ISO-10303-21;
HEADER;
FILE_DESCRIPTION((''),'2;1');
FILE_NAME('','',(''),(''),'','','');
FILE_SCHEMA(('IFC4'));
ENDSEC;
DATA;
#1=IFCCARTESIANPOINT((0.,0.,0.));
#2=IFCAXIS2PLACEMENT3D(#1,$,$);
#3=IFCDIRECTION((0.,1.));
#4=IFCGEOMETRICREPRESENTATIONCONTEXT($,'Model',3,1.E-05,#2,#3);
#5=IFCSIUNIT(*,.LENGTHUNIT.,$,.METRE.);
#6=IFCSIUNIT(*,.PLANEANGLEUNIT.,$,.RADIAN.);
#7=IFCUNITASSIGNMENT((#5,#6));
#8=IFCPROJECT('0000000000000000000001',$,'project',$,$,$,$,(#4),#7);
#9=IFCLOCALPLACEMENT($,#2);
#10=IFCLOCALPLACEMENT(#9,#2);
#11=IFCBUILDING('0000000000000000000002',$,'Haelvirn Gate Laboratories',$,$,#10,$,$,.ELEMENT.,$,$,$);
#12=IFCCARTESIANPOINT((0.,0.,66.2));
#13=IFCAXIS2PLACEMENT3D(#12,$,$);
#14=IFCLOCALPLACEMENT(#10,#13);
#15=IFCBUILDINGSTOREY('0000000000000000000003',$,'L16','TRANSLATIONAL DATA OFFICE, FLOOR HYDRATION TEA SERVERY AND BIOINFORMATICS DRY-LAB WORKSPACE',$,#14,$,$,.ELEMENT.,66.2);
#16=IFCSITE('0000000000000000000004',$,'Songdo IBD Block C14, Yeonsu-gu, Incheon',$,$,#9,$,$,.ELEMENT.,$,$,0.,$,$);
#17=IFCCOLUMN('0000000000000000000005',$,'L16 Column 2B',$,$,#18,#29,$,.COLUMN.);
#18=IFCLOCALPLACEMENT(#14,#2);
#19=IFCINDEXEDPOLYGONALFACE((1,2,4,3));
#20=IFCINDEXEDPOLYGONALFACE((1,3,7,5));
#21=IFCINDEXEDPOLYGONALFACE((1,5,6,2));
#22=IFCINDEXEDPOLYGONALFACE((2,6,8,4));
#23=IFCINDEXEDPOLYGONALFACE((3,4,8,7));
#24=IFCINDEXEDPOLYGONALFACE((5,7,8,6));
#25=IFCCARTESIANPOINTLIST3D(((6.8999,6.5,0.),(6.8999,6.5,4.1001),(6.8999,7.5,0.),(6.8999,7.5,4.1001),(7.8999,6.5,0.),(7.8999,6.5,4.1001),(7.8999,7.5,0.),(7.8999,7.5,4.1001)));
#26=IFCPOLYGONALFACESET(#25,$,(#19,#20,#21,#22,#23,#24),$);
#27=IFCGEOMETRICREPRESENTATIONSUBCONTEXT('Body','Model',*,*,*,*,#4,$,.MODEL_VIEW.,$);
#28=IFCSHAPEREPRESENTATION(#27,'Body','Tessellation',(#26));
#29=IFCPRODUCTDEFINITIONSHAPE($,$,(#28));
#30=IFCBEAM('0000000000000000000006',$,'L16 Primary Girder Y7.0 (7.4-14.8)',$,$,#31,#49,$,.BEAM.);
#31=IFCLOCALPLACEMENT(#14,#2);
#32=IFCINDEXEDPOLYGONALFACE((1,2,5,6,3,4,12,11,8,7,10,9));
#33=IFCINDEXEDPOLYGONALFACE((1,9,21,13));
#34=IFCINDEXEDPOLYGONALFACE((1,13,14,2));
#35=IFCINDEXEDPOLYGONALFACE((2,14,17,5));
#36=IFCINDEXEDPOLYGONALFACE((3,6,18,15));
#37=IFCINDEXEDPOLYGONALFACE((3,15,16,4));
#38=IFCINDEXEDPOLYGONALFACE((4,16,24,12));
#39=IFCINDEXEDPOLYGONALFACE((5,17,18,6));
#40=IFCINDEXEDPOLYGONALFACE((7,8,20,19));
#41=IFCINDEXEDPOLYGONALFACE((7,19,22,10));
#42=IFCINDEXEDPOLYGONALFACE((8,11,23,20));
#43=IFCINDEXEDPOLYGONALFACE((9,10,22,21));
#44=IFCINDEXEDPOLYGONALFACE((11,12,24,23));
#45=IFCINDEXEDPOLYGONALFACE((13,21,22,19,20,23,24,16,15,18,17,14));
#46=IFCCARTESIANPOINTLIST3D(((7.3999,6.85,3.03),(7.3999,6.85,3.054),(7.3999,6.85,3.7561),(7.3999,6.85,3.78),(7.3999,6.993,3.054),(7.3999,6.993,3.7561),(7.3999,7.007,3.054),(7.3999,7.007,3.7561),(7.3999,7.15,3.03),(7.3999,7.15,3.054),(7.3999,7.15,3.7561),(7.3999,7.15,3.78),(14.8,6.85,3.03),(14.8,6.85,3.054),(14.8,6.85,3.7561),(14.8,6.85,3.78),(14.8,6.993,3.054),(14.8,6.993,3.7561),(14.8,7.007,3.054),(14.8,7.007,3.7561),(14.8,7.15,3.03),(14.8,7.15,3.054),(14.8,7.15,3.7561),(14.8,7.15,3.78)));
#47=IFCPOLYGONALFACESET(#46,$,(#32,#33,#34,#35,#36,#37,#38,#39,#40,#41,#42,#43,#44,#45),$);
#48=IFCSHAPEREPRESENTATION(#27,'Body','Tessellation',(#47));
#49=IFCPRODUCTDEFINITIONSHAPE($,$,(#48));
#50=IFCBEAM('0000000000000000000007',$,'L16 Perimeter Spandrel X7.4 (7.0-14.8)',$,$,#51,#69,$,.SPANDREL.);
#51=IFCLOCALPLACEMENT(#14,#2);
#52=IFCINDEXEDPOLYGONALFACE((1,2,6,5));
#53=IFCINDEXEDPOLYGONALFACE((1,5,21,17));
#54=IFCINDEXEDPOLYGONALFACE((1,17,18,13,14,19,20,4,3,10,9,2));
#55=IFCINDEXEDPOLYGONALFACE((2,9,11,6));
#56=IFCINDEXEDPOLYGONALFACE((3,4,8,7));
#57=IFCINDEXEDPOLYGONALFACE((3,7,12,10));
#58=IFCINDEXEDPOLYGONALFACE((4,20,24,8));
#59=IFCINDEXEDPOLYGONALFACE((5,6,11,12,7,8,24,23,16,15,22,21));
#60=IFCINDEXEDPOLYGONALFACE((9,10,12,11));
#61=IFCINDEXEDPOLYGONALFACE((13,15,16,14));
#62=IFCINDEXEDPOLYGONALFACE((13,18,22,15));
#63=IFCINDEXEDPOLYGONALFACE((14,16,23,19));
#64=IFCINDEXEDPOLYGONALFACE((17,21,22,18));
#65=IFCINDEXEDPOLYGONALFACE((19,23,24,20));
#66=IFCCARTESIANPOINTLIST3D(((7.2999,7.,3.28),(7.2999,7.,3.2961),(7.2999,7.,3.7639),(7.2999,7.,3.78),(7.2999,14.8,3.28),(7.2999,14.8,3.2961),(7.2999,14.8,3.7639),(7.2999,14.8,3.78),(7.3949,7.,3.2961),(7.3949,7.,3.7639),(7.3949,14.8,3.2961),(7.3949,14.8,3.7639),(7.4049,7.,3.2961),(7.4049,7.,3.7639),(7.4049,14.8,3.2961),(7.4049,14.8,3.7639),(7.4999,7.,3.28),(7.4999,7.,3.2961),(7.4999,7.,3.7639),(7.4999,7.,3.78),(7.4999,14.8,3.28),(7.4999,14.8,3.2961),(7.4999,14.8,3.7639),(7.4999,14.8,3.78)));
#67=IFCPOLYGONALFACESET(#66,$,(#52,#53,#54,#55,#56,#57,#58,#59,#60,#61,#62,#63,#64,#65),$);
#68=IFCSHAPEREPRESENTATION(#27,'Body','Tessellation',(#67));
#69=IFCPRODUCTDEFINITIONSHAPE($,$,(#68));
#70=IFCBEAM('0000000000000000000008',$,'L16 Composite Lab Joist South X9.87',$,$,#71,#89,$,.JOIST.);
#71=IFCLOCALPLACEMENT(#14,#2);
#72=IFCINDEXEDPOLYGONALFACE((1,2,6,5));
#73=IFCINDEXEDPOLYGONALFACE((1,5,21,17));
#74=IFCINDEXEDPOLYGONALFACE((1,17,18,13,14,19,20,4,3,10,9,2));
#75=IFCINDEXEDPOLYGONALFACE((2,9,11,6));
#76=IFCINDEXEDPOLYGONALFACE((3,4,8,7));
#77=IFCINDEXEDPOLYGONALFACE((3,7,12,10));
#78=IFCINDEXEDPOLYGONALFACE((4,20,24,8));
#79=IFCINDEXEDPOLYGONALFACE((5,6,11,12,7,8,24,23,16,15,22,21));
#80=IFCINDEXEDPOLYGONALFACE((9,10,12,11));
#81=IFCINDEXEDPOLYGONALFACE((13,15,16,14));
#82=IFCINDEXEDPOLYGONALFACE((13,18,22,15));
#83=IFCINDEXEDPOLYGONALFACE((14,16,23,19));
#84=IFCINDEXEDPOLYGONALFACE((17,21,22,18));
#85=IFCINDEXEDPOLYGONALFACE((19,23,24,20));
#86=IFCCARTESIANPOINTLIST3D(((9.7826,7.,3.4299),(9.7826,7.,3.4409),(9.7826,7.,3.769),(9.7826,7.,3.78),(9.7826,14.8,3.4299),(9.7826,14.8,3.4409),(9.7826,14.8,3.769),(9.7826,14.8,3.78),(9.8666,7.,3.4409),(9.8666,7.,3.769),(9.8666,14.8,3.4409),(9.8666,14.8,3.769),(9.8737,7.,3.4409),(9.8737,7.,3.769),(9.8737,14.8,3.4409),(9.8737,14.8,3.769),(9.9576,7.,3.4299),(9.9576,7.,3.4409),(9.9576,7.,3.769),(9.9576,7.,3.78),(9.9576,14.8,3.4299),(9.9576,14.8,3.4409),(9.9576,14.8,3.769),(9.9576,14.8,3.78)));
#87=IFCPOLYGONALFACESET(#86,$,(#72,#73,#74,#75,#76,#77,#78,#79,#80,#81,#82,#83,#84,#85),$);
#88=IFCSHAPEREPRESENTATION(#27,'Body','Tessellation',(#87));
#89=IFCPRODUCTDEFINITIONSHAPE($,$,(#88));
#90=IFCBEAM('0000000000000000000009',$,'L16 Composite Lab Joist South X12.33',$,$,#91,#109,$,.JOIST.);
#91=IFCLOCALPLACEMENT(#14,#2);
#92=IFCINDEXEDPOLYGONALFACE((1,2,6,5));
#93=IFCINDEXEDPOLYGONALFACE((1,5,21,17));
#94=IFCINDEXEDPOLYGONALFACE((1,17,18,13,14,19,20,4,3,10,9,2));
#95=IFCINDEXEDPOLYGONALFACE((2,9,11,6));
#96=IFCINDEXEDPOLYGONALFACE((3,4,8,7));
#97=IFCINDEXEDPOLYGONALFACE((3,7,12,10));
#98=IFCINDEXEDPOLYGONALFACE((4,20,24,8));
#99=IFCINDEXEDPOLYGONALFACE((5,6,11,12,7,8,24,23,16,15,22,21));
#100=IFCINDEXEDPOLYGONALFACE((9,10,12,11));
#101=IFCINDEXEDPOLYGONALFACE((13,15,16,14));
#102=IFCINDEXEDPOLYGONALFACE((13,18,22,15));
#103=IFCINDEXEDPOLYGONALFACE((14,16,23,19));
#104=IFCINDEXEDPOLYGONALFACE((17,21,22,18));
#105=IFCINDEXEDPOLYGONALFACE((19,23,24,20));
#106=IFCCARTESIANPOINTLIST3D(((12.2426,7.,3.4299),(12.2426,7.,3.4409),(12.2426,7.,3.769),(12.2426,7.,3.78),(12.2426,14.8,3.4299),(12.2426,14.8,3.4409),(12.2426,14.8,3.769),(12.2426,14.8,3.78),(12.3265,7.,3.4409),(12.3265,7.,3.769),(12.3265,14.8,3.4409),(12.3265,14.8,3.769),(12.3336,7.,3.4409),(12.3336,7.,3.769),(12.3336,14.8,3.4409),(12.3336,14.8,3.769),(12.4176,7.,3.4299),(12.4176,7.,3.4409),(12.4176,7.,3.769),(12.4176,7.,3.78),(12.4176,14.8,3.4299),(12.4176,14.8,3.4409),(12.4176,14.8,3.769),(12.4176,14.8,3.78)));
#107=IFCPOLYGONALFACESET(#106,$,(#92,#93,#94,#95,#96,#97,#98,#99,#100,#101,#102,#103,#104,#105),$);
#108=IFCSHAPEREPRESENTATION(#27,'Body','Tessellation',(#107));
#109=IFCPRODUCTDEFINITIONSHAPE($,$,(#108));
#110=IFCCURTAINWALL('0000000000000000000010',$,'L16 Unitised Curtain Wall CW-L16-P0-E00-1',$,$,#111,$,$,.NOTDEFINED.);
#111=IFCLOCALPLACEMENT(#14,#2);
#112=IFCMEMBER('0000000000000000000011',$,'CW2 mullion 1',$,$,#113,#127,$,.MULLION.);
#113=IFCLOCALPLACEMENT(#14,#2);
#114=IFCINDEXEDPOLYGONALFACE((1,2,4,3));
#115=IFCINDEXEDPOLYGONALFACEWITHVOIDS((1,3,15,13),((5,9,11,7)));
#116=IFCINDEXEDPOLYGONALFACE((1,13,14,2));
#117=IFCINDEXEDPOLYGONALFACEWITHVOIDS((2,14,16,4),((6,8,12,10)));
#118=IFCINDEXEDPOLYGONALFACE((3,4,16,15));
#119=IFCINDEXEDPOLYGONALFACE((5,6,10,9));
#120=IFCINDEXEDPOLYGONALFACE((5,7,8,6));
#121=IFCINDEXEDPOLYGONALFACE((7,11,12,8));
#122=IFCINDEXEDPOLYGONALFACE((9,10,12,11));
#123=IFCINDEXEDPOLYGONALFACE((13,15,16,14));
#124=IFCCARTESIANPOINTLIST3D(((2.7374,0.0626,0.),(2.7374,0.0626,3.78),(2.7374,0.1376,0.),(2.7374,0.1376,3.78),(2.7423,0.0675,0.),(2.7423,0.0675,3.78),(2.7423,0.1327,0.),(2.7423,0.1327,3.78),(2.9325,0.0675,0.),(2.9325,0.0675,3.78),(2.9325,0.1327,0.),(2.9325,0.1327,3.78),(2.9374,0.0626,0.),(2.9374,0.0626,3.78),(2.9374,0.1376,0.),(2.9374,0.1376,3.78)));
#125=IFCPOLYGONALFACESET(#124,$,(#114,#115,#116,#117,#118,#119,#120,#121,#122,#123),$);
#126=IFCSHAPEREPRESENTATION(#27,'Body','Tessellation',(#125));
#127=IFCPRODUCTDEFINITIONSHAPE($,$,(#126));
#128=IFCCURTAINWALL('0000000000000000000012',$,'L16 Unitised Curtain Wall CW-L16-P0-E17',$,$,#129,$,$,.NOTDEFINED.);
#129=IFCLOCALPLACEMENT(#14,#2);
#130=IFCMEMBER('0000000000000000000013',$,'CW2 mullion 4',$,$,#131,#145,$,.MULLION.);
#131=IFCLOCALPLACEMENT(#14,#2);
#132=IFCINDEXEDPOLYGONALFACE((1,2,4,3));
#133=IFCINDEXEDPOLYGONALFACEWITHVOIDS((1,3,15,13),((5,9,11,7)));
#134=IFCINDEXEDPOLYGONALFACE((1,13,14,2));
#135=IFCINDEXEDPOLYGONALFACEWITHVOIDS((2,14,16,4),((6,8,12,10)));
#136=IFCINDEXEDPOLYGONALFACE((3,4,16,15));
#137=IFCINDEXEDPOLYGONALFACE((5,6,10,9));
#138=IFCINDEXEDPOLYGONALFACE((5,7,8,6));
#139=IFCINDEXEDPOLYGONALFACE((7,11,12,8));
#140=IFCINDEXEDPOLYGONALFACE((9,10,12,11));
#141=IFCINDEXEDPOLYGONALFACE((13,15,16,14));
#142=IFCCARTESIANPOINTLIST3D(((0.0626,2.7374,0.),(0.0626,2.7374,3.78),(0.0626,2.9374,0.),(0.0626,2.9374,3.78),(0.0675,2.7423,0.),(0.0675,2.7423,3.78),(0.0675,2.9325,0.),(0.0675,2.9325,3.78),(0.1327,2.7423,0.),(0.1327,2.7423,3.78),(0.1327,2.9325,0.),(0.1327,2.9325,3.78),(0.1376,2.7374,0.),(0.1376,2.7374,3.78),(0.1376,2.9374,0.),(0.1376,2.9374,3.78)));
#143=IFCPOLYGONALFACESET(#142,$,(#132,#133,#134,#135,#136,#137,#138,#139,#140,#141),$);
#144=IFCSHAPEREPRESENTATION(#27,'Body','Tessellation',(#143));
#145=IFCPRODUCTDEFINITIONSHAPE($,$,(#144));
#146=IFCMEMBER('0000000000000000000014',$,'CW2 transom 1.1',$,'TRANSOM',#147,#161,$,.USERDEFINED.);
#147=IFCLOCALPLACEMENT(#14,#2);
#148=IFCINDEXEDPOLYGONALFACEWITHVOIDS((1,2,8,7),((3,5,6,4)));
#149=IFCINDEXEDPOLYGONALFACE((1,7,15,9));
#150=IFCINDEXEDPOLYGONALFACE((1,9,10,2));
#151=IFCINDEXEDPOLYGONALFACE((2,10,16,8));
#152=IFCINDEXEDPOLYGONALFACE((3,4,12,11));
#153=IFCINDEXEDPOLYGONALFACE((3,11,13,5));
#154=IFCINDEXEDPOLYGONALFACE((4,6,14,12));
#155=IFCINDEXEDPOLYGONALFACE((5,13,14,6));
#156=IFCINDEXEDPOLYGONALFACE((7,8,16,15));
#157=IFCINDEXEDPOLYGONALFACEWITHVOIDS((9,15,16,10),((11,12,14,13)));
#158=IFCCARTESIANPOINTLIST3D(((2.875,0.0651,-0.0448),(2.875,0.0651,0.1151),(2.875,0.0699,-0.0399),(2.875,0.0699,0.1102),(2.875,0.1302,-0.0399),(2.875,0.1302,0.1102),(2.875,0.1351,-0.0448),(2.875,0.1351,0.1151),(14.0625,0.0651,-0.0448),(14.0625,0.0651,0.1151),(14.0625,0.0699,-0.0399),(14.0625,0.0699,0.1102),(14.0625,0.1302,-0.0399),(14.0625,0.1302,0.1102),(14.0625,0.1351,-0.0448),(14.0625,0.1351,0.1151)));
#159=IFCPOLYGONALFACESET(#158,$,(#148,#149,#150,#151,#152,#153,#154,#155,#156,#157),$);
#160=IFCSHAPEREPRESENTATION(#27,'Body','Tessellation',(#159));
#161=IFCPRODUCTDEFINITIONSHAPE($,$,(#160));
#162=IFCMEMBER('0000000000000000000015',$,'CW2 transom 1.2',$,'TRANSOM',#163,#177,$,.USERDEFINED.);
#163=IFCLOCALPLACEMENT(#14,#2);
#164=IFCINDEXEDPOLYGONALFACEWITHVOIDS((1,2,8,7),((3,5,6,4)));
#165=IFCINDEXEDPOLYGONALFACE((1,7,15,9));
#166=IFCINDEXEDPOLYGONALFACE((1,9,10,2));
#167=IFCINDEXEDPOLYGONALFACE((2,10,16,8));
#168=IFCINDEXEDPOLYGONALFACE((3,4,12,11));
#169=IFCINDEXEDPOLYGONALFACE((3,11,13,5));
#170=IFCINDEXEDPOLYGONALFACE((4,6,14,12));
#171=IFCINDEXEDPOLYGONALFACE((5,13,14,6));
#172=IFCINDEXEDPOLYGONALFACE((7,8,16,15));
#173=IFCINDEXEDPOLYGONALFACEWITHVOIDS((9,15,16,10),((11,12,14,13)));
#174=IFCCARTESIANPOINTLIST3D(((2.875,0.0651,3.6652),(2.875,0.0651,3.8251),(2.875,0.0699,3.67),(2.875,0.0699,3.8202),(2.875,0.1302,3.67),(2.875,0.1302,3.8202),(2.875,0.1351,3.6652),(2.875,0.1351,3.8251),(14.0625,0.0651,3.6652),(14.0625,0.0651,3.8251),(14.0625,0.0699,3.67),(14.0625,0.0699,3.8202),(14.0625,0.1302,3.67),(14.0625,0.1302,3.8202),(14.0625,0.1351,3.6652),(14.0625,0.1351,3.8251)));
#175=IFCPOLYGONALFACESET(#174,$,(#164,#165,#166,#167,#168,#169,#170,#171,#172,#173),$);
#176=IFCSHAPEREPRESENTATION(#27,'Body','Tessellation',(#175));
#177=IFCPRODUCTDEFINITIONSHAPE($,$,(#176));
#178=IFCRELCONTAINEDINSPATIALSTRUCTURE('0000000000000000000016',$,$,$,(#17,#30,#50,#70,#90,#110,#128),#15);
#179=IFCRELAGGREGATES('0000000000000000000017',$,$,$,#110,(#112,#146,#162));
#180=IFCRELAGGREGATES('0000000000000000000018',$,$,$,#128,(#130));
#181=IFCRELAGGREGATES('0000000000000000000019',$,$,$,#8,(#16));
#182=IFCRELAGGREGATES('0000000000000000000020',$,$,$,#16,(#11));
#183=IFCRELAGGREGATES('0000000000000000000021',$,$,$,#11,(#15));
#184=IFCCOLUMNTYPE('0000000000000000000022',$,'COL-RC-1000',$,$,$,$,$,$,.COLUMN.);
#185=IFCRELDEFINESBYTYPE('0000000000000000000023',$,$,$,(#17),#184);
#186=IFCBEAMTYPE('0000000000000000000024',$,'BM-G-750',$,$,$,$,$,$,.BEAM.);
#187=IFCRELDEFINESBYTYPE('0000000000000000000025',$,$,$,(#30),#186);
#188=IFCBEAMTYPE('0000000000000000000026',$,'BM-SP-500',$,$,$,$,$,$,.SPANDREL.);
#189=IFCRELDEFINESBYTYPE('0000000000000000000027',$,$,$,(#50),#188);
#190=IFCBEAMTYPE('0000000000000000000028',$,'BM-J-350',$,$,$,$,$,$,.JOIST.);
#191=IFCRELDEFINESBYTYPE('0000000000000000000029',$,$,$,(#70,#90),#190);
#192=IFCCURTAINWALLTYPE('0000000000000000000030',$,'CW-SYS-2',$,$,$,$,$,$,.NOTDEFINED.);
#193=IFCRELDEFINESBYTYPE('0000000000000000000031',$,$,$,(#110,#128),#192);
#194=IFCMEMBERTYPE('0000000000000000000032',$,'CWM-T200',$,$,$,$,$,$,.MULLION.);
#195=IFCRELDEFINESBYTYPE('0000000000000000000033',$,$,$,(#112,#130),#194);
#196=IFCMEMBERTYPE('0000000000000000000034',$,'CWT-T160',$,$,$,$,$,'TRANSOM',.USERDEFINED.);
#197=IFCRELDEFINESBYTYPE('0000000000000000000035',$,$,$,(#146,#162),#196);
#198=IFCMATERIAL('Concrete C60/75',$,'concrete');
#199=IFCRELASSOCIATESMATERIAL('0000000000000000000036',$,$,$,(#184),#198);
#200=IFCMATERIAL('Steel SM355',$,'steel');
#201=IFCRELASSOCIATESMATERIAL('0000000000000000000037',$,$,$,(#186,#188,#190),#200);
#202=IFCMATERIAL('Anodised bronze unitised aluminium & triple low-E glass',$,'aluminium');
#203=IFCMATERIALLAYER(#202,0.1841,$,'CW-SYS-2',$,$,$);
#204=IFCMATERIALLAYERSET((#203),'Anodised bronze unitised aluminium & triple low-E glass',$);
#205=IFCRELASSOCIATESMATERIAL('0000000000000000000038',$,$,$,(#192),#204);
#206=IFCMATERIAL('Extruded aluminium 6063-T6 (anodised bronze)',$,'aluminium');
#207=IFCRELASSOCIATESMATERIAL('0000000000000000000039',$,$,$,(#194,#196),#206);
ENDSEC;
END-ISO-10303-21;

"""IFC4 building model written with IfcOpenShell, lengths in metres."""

from ifc_helpers import new_model, si_unit, direction, frame, origin, origin_2d, place, context, subcontext, project, spatial, rectangle, hollow_rectangle, i_section, extrude, source, transform, mapped, material, layer, layer_set, material_profile, profile_set, type_object, type_shapes, element, aggregate, save


model = new_model("IFC4")

# Units and contexts
model_context = context("Model", 3, precision=1e-05, world=origin(), true_north=direction((0.0, 1.0)))
body_context = subcontext(model_context, "Body", "Model", "MODEL_VIEW")
ifc_project = project(units=[si_unit("LENGTHUNIT", "METRE"), si_unit("PLANEANGLEUNIT", "RADIAN")], contexts=[model_context])

# Site, building, storey
site_placement = place(None, origin())
site = spatial("IfcSite", under=ifc_project, at=site_placement, Name="Songdo IBD Block C14, Yeonsu-gu, Incheon", CompositionType="ELEMENT", RefElevation=0.0)
building_placement = place(site_placement, origin())
building = spatial("IfcBuilding", under=site, at=building_placement, Name="Haelvirn Gate Laboratories", CompositionType="ELEMENT")
storey_placement = place(building_placement, frame((0.0, 0.0, 66.2)))
storey = spatial("IfcBuildingStorey", under=building, at=storey_placement, Name="L16", Description="TRANSLATIONAL DATA OFFICE, FLOOR HYDRATION TEA SERVERY AND BIOINFORMATICS DRY-LAB WORKSPACE", CompositionType="ELEMENT", Elevation=66.2)

# Column
ifc_material_1 = material(Name="Concrete C60/75", Category="concrete")
ifc_material_profile_1 = material_profile(ifc_material_1, rectangle(XDim=1.0, YDim=1.0, at=origin_2d()), Name="RC-1000x1000")
ifc_profile_set_1 = profile_set([ifc_material_profile_1], Name="Concrete C60/75")
column_type = type_object("IfcColumnType", Name="COL-RC-1000", PredefinedType="COLUMN", material=ifc_profile_set_1)
shared_shape_1 = source(origin(), body_context, "Body", "SweptSolid", [
    extrude(rectangle(XDim=1.0, YDim=1.0, at=origin_2d()), origin(), (0.0, 0.0, 1.0), 4.1001),
])
type_shapes(column_type, [shared_shape_1])
column_placement = place(storey_placement, frame((7.3999, 7.0, 0.0), z_axis=(0.0, 0.0, 1.0), x_axis=(1.0, 0.0, 0.0)))
element("IfcColumn", 1, at=column_placement, inside=storey, type_object=column_type, Name="L16 Column 2B", PredefinedType="COLUMN", context=body_context, shape_type="MappedRepresentation", body=[
    mapped(shared_shape_1, transform((0.0, 0.0, 0.0), scale=1.0)),
])

# Beams
ifc_material_2 = material(Name="Steel SM355", Category="steel")
ifc_material_profile_2 = material_profile(ifc_material_2, i_section(OverallWidth=0.3, OverallDepth=0.75, WebThickness=0.0139, FlangeThickness=0.0239, at=origin_2d()), Name="H-750x300x14x24")
ifc_profile_set_2 = profile_set([ifc_material_profile_2], Name="Steel SM355")
beam_type_1 = type_object("IfcBeamType", Name="BM-G-750", PredefinedType="BEAM", material=ifc_profile_set_2)
shared_shape_2 = source(origin(), body_context, "Body", "SweptSolid", [
    extrude(i_section(OverallWidth=0.3, OverallDepth=0.75, WebThickness=0.0139, FlangeThickness=0.0239, at=origin_2d()), origin(), (0.0, 0.0, 1.0), 7.4001),
])
type_shapes(beam_type_1, [shared_shape_2])
beam_1_placement = place(storey_placement, frame((7.3999, 7.0, 3.405), z_axis=(1.0, 0.0, 0.0), x_axis=(0.0, 1.0, 0.0)))
element("IfcBeam", 2, at=beam_1_placement, inside=storey, type_object=beam_type_1, Name="L16 Primary Girder Y7.0 (7.4-14.8)", PredefinedType="BEAM", context=body_context, shape_type="MappedRepresentation", body=[
    mapped(shared_shape_2, transform((0.0, 0.0, 0.0), scale=1.0)),
])
ifc_material_profile_3 = material_profile(ifc_material_2, i_section(OverallWidth=0.2, OverallDepth=0.5, WebThickness=0.01, FlangeThickness=0.0161, at=origin_2d()), Name="H-500x200x10x16")
ifc_profile_set_3 = profile_set([ifc_material_profile_3], Name="Steel SM355")
beam_type_2 = type_object("IfcBeamType", Name="BM-SP-500", PredefinedType="SPANDREL", material=ifc_profile_set_3)
shared_shape_3 = source(origin(), body_context, "Body", "SweptSolid", [
    extrude(i_section(OverallWidth=0.2, OverallDepth=0.5, WebThickness=0.01, FlangeThickness=0.0161, at=origin_2d()), origin(), (0.0, 0.0, 1.0), 7.8),
])
type_shapes(beam_type_2, [shared_shape_3])
beam_2_placement = place(storey_placement, frame((7.3999, 7.0, 3.53), z_axis=(0.0, 1.0, 0.0), x_axis=(-1.0, 0.0, 0.0)))
element("IfcBeam", 3, at=beam_2_placement, inside=storey, type_object=beam_type_2, Name="L16 Perimeter Spandrel X7.4 (7.0-14.8)", PredefinedType="SPANDREL", context=body_context, shape_type="MappedRepresentation", body=[
    mapped(shared_shape_3, transform((0.0, 0.0, 0.0), scale=1.0)),
])
ifc_material_profile_4 = material_profile(ifc_material_2, i_section(OverallWidth=0.175, OverallDepth=0.3501, WebThickness=0.0071, FlangeThickness=0.011, at=origin_2d()), Name="H-350x175x7x11")
ifc_profile_set_4 = profile_set([ifc_material_profile_4], Name="Steel SM355")
beam_type_3 = type_object("IfcBeamType", Name="BM-J-350", PredefinedType="JOIST", material=ifc_profile_set_4)
shared_shape_4 = source(origin(), body_context, "Body", "SweptSolid", [
    extrude(i_section(OverallWidth=0.175, OverallDepth=0.3501, WebThickness=0.0071, FlangeThickness=0.011, at=origin_2d()), origin(), (0.0, 0.0, 1.0), 7.8),
])
type_shapes(beam_type_3, [shared_shape_4])
for number, where, z_axis, x_axis, name in (
    (4, (9.8701, 7.0, 3.605), (0.0, 1.0, 0.0), (-1.0, 0.0, 0.0), "L16 Composite Lab Joist South X9.87"),
    (5, (12.3301, 7.0, 3.605), (0.0, 1.0, 0.0), (-1.0, 0.0, 0.0), "L16 Composite Lab Joist South X12.33"),
):
    element("IfcBeam", number, at=place(storey_placement, frame(where, z_axis=z_axis, x_axis=x_axis)), inside=storey, type_object=beam_type_3, Name=name, PredefinedType="JOIST", context=body_context, shape_type="MappedRepresentation", body=[
        mapped(shared_shape_4, transform((0.0, 0.0, 0.0), scale=1.0)),
    ])

# Curtain walls, members
ifc_material_3 = material(Name="Anodised bronze unitised aluminium & triple low-E glass", Category="aluminium")
ifc_layer_1 = layer(ifc_material_3, 0.1841, Name="CW-SYS-2")
ifc_layer_set_1 = layer_set([ifc_layer_1], Name="Anodised bronze unitised aluminium & triple low-E glass")
curtain_wall_type_1 = type_object("IfcCurtainWallType", Name="CW-SYS-2", PredefinedType="NOTDEFINED", material=ifc_layer_set_1)
curtain_wall_1_placement = place(storey_placement, origin())
curtain_wall_1 = element("IfcCurtainWall", 6, at=curtain_wall_1_placement, inside=storey, type_object=curtain_wall_type_1, Name="L16 Unitised Curtain Wall CW-L16-P0-E00-1", PredefinedType="NOTDEFINED")
ifc_material_4 = material(Name="Extruded aluminium 6063-T6 (anodised bronze)", Category="aluminium")
ifc_material_profile_5 = material_profile(ifc_material_4, hollow_rectangle(XDim=0.075, YDim=0.2, WallThickness=0.0049, at=origin_2d()), Name="CWM-200x75x5")
ifc_profile_set_5 = profile_set([ifc_material_profile_5], Name="Extruded aluminium 6063-T6 (anodised bronze)")
member_type_1 = type_object("IfcMemberType", Name="CWM-T200", PredefinedType="MULLION", material=ifc_profile_set_5)
shared_shape_5 = source(origin(), body_context, "Body", "SweptSolid", [
    extrude(hollow_rectangle(XDim=0.075, YDim=0.2, WallThickness=0.0049, at=origin_2d()), origin(), (0.0, 0.0, 1.0), 3.78),
])
type_shapes(member_type_1, [shared_shape_5])
member_1_placement = place(storey_placement, frame((2.8374, 0.1001, 0.0), z_axis=(0.0, 0.0, 1.0), x_axis=(0.0, 1.0, 0.0)))
member_1 = element("IfcMember", 7, at=member_1_placement, type_object=member_type_1, Name="CW2 mullion 1", PredefinedType="MULLION", context=body_context, shape_type="MappedRepresentation", body=[
    mapped(shared_shape_5, transform((0.0, 0.0, 0.0), scale=1.0)),
])
curtain_wall_2_placement = place(storey_placement, origin())
curtain_wall_2 = element("IfcCurtainWall", 8, at=curtain_wall_2_placement, inside=storey, type_object=curtain_wall_type_1, Name="L16 Unitised Curtain Wall CW-L16-P0-E17", PredefinedType="NOTDEFINED")
member_2_placement = place(storey_placement, frame((0.1001, 2.8374, 0.0), z_axis=(0.0, 0.0, 1.0), x_axis=(1.0, 0.0, 0.0)))
member_2 = element("IfcMember", 9, at=member_2_placement, type_object=member_type_1, Name="CW2 mullion 4", PredefinedType="MULLION", context=body_context, shape_type="MappedRepresentation", body=[
    mapped(shared_shape_5, transform((0.0, 0.0, 0.0), scale=1.0)),
])

# Members
ifc_material_profile_6 = material_profile(ifc_material_4, hollow_rectangle(XDim=0.0701, YDim=0.1599, WallThickness=0.0049, at=origin_2d()), Name="CWT-160x70x5")
ifc_profile_set_6 = profile_set([ifc_material_profile_6], Name="Extruded aluminium 6063-T6 (anodised bronze)")
member_type_2 = type_object("IfcMemberType", Name="CWT-T160", ElementType="TRANSOM", PredefinedType="USERDEFINED", material=ifc_profile_set_6)
shared_shape_6 = source(origin(), body_context, "Body", "SweptSolid", [
    extrude(hollow_rectangle(XDim=0.0701, YDim=0.1599, WallThickness=0.0049, at=origin_2d()), origin(), (0.0, 0.0, 1.0), 11.1875),
])
type_shapes(member_type_2, [shared_shape_6])
member_3_placement = place(storey_placement, frame((2.875, 0.1001, 0.0352), z_axis=(1.0, 0.0, 0.0), x_axis=(0.0, 1.0, 0.0)))
member_3 = element("IfcMember", 10, at=member_3_placement, type_object=member_type_2, Name="CW2 transom 1.1", ObjectType="TRANSOM", PredefinedType="USERDEFINED", context=body_context, shape_type="MappedRepresentation", body=[
    mapped(shared_shape_6, transform((0.0, 0.0, 0.0), scale=1.0)),
])
member_4_placement = place(storey_placement, frame((2.875, 0.1001, 3.7451), z_axis=(1.0, 0.0, 0.0), x_axis=(0.0, 1.0, 0.0)))
member_4 = element("IfcMember", 11, at=member_4_placement, type_object=member_type_2, Name="CW2 transom 1.2", ObjectType="TRANSOM", PredefinedType="USERDEFINED", context=body_context, shape_type="MappedRepresentation", body=[
    mapped(shared_shape_6, transform((0.0, 0.0, 0.0), scale=1.0)),
])

aggregate(curtain_wall_1, [member_1, member_3, member_4])
aggregate(curtain_wall_2, [member_2])

save(model, "model.ifc")
